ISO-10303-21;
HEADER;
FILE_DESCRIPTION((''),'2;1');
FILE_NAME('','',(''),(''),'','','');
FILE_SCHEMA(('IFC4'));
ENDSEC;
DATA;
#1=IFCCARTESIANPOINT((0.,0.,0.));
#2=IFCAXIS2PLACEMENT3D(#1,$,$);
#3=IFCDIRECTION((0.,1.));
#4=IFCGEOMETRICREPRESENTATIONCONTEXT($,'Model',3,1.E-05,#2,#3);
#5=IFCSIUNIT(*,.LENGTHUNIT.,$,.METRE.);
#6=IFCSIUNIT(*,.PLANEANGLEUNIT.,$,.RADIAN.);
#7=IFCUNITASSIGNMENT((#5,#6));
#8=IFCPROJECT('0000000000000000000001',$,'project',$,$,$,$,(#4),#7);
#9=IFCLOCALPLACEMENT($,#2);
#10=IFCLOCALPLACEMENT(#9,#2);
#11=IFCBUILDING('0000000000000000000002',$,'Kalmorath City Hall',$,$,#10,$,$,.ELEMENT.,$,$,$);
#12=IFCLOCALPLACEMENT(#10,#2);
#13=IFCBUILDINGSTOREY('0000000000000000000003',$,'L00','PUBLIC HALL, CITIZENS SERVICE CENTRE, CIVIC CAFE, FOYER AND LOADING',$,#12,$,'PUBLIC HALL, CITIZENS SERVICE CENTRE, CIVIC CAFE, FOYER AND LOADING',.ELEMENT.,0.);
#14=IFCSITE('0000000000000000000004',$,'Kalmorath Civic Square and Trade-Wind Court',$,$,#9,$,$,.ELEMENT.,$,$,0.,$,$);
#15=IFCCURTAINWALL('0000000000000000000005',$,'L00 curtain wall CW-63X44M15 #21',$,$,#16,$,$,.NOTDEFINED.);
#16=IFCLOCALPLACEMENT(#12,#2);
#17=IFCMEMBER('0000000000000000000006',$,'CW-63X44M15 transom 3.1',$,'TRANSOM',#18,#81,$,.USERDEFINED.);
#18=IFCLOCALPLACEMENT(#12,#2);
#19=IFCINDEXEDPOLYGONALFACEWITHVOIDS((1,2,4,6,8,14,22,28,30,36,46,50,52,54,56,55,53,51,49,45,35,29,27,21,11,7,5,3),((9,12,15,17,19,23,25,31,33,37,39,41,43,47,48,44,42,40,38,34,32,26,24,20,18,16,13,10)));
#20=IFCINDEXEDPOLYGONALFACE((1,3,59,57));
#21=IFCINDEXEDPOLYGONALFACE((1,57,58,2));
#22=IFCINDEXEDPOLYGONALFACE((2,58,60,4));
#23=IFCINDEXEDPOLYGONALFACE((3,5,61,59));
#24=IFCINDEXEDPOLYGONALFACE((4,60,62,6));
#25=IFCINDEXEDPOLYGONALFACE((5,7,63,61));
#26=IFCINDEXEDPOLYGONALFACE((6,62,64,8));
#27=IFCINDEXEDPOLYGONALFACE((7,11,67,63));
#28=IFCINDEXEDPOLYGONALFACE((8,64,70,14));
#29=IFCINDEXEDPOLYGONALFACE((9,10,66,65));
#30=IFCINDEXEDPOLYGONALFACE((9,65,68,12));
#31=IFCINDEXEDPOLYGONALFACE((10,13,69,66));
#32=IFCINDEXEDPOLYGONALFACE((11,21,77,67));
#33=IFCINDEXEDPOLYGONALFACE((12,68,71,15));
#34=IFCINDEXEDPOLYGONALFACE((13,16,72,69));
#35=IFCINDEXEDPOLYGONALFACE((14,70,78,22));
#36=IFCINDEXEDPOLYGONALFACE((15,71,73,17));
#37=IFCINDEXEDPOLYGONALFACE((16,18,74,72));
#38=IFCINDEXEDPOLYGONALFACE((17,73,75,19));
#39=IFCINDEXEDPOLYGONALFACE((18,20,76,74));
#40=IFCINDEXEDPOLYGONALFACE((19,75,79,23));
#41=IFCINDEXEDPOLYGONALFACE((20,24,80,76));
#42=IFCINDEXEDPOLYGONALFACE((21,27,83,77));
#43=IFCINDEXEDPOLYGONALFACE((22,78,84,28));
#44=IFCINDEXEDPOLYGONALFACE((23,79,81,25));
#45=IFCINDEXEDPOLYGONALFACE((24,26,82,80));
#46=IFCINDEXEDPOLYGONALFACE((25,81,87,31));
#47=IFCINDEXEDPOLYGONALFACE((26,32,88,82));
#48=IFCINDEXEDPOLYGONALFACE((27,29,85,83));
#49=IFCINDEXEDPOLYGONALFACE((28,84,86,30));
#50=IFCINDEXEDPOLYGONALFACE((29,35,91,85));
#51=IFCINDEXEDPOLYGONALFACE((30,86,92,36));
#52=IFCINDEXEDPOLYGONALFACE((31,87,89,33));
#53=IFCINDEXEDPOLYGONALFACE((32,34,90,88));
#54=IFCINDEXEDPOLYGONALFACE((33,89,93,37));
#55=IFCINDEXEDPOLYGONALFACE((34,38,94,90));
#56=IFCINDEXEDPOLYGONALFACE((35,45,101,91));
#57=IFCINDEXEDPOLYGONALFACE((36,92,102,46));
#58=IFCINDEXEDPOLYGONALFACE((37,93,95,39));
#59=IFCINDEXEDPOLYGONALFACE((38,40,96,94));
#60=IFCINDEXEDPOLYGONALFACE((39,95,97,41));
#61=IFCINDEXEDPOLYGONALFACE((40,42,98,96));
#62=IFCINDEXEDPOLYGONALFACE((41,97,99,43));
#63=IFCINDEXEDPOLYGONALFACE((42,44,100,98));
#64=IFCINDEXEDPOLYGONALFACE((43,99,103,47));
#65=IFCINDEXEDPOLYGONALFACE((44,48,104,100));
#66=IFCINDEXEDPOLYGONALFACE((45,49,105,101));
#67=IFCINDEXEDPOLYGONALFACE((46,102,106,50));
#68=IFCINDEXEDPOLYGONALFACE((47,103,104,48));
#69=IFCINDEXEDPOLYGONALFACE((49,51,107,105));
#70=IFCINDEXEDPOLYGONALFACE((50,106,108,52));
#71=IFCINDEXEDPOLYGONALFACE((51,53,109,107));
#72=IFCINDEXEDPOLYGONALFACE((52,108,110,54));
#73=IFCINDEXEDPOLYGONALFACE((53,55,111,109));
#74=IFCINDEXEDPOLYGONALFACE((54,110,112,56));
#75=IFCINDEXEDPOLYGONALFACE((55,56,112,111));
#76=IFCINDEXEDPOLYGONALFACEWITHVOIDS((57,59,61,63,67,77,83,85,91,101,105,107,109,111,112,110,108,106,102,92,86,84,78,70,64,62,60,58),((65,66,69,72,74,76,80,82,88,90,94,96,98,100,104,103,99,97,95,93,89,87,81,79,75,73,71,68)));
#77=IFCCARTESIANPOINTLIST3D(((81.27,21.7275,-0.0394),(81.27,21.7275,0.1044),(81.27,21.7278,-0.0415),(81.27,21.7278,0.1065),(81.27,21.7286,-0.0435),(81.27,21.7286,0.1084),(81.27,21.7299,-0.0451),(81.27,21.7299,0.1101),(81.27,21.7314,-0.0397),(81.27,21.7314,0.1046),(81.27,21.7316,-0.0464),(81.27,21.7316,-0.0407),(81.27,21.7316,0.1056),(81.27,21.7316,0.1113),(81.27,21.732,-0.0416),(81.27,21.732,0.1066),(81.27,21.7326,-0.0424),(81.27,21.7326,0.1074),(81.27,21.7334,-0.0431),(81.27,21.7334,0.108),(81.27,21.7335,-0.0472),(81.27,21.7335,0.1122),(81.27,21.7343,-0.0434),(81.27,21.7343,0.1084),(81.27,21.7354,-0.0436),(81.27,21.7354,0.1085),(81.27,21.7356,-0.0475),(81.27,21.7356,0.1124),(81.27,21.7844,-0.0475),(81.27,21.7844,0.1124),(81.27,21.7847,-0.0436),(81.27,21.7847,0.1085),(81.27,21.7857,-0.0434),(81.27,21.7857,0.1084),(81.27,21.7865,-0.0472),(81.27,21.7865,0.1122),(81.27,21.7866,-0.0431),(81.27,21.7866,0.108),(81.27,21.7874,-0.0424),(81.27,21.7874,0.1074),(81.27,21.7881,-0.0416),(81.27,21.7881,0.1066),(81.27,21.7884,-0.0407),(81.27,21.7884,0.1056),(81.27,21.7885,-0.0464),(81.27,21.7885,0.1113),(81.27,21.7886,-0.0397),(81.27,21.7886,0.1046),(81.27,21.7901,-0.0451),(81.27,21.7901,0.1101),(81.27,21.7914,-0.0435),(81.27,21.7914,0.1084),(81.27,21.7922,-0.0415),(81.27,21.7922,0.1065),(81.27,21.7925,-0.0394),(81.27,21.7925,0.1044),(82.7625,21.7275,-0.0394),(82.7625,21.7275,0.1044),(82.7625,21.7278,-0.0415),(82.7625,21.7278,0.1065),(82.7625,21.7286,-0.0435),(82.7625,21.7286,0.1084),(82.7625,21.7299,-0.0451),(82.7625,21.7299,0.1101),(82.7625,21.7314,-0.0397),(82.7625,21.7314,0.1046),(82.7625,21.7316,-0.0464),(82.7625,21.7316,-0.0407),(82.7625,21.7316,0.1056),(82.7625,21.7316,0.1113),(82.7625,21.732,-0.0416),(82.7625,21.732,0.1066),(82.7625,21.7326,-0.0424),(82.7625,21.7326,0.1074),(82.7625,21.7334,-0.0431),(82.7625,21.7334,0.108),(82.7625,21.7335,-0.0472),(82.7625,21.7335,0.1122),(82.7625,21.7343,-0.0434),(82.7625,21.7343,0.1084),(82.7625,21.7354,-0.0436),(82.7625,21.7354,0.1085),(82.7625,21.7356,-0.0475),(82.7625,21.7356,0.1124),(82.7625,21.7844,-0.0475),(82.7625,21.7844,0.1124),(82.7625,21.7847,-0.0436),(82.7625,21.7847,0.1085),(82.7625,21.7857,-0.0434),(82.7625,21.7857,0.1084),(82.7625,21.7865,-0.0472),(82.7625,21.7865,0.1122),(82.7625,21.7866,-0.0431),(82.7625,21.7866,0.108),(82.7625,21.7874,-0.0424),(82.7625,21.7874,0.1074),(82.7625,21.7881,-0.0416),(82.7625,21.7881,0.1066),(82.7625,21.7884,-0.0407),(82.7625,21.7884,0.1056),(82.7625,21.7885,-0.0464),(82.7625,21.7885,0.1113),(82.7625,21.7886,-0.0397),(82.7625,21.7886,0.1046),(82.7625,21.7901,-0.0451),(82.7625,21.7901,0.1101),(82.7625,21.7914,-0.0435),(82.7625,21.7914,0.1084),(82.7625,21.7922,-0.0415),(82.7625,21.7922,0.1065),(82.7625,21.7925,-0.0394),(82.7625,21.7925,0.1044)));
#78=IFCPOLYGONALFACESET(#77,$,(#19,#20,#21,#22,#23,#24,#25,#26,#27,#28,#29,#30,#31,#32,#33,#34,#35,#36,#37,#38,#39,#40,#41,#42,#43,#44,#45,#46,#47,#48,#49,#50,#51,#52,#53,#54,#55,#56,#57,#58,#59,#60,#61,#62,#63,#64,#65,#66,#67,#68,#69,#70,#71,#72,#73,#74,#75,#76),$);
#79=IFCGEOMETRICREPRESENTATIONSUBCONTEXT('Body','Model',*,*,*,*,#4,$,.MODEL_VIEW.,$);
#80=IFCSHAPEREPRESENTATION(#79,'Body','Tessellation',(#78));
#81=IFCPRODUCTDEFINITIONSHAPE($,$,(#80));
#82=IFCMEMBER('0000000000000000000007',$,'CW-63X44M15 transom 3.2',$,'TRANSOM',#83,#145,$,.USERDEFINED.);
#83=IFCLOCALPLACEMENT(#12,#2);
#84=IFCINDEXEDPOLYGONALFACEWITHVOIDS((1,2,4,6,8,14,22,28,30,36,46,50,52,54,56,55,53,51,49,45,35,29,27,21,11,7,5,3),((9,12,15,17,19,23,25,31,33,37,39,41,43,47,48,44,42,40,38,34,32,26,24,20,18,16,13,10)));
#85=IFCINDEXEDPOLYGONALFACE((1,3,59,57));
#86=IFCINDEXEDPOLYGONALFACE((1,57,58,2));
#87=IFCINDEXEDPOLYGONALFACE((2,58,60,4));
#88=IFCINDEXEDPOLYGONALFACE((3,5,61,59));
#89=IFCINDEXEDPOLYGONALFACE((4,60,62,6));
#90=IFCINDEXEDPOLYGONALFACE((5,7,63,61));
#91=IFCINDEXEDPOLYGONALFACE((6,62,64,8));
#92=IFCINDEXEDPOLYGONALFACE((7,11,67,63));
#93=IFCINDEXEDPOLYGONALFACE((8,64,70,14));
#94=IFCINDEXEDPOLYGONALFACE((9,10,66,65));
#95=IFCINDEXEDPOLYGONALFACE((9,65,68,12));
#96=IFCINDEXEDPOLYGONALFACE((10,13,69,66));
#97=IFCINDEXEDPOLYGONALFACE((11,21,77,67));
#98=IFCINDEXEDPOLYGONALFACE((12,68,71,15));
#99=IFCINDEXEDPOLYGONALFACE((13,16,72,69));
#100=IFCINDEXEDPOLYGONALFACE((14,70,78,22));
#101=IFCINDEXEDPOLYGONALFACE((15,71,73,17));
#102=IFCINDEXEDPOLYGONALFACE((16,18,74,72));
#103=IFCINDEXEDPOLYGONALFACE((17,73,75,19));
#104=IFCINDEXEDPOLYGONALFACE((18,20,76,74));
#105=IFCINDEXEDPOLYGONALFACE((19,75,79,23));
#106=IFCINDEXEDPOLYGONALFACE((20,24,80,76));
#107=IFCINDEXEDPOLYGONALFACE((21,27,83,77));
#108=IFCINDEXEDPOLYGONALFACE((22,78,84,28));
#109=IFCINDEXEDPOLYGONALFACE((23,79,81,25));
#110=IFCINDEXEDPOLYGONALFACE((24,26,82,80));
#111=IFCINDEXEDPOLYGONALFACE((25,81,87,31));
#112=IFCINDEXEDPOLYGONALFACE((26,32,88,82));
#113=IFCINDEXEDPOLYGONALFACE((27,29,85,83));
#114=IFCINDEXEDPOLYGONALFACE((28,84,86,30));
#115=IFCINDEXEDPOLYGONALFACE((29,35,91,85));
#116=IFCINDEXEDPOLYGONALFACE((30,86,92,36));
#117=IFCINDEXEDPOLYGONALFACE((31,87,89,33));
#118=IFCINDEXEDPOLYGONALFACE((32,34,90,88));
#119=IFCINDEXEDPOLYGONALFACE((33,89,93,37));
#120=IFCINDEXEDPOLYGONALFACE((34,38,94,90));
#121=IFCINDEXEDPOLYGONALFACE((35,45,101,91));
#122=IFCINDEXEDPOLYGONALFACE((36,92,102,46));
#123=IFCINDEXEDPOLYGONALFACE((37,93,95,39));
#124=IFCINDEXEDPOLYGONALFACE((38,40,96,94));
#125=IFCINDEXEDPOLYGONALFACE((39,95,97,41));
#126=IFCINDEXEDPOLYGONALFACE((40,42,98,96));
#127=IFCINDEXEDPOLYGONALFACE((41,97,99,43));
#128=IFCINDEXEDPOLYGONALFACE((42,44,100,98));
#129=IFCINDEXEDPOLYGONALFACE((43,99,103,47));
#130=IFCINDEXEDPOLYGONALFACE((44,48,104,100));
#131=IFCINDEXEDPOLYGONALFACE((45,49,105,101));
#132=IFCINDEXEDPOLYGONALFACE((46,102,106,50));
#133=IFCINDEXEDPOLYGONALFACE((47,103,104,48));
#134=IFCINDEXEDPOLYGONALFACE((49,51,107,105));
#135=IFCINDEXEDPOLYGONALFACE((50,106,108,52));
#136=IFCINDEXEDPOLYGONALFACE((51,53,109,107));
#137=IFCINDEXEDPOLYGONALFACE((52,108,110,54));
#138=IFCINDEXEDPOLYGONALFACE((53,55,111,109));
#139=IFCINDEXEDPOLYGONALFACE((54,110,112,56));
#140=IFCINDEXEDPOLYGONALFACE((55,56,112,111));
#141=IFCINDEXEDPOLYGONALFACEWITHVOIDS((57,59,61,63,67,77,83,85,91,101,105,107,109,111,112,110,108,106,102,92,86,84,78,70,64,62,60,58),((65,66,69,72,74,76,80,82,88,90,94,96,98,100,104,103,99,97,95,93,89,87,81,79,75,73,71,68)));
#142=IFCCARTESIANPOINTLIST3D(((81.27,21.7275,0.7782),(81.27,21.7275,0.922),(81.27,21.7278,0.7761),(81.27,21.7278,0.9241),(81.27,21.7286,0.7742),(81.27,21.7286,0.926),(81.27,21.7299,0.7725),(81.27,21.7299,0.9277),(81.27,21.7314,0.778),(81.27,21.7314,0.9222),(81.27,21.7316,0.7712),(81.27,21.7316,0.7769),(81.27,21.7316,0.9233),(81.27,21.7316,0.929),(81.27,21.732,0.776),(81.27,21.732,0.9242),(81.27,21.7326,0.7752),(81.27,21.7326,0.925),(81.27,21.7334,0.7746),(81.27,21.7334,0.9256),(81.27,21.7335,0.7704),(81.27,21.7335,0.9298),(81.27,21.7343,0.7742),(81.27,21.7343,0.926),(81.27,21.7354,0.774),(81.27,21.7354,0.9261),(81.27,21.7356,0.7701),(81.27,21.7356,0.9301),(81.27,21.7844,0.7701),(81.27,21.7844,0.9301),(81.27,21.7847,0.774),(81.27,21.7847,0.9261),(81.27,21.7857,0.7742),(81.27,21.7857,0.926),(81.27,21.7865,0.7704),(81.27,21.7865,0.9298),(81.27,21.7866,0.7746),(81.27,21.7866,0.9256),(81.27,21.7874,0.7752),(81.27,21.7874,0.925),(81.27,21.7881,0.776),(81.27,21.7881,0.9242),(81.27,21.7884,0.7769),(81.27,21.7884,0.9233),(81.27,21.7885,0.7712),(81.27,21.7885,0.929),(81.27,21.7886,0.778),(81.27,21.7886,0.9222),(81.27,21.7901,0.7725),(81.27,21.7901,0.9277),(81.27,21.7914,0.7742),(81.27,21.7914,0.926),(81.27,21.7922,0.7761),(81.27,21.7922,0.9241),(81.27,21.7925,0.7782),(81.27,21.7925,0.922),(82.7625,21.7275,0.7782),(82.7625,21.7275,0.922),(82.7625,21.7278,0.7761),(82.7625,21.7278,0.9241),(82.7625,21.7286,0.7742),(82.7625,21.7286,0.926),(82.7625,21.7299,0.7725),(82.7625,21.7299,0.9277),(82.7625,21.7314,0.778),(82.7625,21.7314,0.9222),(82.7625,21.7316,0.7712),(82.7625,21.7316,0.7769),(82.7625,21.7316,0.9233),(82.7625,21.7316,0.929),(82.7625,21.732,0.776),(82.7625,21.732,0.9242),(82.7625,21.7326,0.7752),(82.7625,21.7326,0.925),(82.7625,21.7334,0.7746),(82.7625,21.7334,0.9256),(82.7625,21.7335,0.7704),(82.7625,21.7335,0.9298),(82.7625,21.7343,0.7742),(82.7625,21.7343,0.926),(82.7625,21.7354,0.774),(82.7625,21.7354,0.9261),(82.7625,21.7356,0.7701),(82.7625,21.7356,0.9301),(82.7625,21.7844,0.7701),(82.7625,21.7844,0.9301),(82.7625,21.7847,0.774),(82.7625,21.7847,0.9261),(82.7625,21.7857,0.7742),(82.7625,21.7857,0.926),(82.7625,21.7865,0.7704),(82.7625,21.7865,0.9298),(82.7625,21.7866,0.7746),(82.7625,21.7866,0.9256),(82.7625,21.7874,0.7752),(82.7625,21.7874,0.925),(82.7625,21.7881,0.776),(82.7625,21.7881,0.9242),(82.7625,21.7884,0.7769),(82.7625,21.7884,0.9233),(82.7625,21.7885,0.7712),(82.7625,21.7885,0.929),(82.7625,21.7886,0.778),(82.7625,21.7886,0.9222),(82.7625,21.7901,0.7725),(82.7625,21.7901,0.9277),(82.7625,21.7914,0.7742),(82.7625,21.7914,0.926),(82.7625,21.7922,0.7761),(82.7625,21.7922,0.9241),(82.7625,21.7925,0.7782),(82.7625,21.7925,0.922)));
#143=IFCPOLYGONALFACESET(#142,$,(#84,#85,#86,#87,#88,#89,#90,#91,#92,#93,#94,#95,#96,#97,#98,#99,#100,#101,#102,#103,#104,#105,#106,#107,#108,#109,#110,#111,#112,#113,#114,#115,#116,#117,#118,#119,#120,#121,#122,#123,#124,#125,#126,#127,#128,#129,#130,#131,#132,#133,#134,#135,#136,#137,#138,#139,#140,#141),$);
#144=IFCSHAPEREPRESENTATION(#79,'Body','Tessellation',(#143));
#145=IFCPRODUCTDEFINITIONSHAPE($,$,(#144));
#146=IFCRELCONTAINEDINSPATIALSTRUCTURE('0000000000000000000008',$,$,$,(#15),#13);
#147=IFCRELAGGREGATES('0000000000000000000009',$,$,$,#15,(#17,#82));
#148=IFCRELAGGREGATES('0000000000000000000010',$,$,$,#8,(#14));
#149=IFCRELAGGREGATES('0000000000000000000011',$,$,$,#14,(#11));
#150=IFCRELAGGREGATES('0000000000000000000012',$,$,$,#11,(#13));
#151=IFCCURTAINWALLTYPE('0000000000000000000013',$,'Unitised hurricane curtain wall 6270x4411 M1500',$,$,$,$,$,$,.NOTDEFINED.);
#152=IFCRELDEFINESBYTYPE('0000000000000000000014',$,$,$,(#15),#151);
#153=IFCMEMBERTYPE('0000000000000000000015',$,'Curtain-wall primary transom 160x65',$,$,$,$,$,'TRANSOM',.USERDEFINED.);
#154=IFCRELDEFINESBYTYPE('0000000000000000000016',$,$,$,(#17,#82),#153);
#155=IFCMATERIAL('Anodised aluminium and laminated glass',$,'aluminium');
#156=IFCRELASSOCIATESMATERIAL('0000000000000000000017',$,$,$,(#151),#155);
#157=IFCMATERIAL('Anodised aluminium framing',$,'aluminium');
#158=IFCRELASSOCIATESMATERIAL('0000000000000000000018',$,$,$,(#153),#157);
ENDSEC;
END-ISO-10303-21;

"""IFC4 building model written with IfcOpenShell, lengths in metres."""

from ifc_helpers import new_model, si_unit, direction, frame, origin, origin_2d, place, context, subcontext, project, spatial, hollow_rectangle, extrude, material, material_profile, profile_set, type_object, element, aggregate, save


model = new_model("IFC4")

# Units and contexts
model_context = context("Model", 3, precision=1e-05, world=origin(), true_north=direction((0.0, 1.0)))
body_context = subcontext(model_context, "Body", "Model", "MODEL_VIEW")
ifc_project = project(units=[si_unit("LENGTHUNIT", "METRE"), si_unit("PLANEANGLEUNIT", "RADIAN")], contexts=[model_context])

# Site, building, storey
site_placement = place(None, origin())
site = spatial("IfcSite", under=ifc_project, at=site_placement, Name="Kalmorath Civic Square and Trade-Wind Court", CompositionType="ELEMENT", RefElevation=0.0)
building_placement = place(site_placement, origin())
building = spatial("IfcBuilding", under=site, at=building_placement, Name="Kalmorath City Hall", CompositionType="ELEMENT")
storey_placement = place(building_placement, origin())
storey = spatial("IfcBuildingStorey", under=building, at=storey_placement, Name="L00", Description="PUBLIC HALL, CITIZENS SERVICE CENTRE, CIVIC CAFE, FOYER AND LOADING", LongName="PUBLIC HALL, CITIZENS SERVICE CENTRE, CIVIC CAFE, FOYER AND LOADING", CompositionType="ELEMENT", Elevation=0.0)

# Curtain wall
ifc_material_1 = material(Name="Anodised aluminium and laminated glass", Category="aluminium")
curtain_wall_type_1 = type_object("IfcCurtainWallType", Name="Unitised hurricane curtain wall 6270x4411 M1500", PredefinedType="NOTDEFINED", material=ifc_material_1)
curtain_wall_1_placement = place(storey_placement, origin())
curtain_wall_1 = element("IfcCurtainWall", 1, at=curtain_wall_1_placement, inside=storey, type_object=curtain_wall_type_1, Name="L00 curtain wall CW-63X44M15 #21", PredefinedType="NOTDEFINED")

# Members
ifc_material_2 = material(Name="Anodised aluminium framing", Category="aluminium")
ifc_material_profile_1 = material_profile(ifc_material_2, hollow_rectangle(XDim=0.0649, YDim=0.1599, WallThickness=0.0039, InnerFilletRadius=0.0039, OuterFilletRadius=0.0081, at=origin_2d()), Name="ALU-TRN-160X65X4")
ifc_profile_set_1 = profile_set([ifc_material_profile_1], Name="Anodised aluminium framing")
member_type_1 = type_object("IfcMemberType", Name="Curtain-wall primary transom 160x65", ElementType="TRANSOM", PredefinedType="USERDEFINED", material=ifc_profile_set_1)
member_1_placement = place(storey_placement, frame((82.7625, 21.76, 0.0325), z_axis=(-1.0, 0.0, 0.0), x_axis=(0.0, -1.0, 0.0)))
member_1 = element("IfcMember", 2, at=member_1_placement, type_object=member_type_1, Name="CW-63X44M15 transom 3.1", ObjectType="TRANSOM", PredefinedType="USERDEFINED", context=body_context, shape_type="SweptSolid", body=[
    extrude(hollow_rectangle(XDim=0.0649, YDim=0.1599, WallThickness=0.0039, InnerFilletRadius=0.0039, OuterFilletRadius=0.0081, at=origin_2d()), origin(), (0.0, 0.0, 1.0), 1.4924),
])
member_2_placement = place(storey_placement, frame((82.7625, 21.76, 0.8501), z_axis=(-1.0, 0.0, 0.0), x_axis=(0.0, -1.0, 0.0)))
member_2 = element("IfcMember", 3, at=member_2_placement, type_object=member_type_1, Name="CW-63X44M15 transom 3.2", ObjectType="TRANSOM", PredefinedType="USERDEFINED", context=body_context, shape_type="SweptSolid", body=[
    extrude(hollow_rectangle(XDim=0.0649, YDim=0.1599, WallThickness=0.0039, InnerFilletRadius=0.0039, OuterFilletRadius=0.0081, at=origin_2d()), origin(), (0.0, 0.0, 1.0), 1.4924),
])

aggregate(curtain_wall_1, [member_1, member_2])

save(model, "model.ifc")
